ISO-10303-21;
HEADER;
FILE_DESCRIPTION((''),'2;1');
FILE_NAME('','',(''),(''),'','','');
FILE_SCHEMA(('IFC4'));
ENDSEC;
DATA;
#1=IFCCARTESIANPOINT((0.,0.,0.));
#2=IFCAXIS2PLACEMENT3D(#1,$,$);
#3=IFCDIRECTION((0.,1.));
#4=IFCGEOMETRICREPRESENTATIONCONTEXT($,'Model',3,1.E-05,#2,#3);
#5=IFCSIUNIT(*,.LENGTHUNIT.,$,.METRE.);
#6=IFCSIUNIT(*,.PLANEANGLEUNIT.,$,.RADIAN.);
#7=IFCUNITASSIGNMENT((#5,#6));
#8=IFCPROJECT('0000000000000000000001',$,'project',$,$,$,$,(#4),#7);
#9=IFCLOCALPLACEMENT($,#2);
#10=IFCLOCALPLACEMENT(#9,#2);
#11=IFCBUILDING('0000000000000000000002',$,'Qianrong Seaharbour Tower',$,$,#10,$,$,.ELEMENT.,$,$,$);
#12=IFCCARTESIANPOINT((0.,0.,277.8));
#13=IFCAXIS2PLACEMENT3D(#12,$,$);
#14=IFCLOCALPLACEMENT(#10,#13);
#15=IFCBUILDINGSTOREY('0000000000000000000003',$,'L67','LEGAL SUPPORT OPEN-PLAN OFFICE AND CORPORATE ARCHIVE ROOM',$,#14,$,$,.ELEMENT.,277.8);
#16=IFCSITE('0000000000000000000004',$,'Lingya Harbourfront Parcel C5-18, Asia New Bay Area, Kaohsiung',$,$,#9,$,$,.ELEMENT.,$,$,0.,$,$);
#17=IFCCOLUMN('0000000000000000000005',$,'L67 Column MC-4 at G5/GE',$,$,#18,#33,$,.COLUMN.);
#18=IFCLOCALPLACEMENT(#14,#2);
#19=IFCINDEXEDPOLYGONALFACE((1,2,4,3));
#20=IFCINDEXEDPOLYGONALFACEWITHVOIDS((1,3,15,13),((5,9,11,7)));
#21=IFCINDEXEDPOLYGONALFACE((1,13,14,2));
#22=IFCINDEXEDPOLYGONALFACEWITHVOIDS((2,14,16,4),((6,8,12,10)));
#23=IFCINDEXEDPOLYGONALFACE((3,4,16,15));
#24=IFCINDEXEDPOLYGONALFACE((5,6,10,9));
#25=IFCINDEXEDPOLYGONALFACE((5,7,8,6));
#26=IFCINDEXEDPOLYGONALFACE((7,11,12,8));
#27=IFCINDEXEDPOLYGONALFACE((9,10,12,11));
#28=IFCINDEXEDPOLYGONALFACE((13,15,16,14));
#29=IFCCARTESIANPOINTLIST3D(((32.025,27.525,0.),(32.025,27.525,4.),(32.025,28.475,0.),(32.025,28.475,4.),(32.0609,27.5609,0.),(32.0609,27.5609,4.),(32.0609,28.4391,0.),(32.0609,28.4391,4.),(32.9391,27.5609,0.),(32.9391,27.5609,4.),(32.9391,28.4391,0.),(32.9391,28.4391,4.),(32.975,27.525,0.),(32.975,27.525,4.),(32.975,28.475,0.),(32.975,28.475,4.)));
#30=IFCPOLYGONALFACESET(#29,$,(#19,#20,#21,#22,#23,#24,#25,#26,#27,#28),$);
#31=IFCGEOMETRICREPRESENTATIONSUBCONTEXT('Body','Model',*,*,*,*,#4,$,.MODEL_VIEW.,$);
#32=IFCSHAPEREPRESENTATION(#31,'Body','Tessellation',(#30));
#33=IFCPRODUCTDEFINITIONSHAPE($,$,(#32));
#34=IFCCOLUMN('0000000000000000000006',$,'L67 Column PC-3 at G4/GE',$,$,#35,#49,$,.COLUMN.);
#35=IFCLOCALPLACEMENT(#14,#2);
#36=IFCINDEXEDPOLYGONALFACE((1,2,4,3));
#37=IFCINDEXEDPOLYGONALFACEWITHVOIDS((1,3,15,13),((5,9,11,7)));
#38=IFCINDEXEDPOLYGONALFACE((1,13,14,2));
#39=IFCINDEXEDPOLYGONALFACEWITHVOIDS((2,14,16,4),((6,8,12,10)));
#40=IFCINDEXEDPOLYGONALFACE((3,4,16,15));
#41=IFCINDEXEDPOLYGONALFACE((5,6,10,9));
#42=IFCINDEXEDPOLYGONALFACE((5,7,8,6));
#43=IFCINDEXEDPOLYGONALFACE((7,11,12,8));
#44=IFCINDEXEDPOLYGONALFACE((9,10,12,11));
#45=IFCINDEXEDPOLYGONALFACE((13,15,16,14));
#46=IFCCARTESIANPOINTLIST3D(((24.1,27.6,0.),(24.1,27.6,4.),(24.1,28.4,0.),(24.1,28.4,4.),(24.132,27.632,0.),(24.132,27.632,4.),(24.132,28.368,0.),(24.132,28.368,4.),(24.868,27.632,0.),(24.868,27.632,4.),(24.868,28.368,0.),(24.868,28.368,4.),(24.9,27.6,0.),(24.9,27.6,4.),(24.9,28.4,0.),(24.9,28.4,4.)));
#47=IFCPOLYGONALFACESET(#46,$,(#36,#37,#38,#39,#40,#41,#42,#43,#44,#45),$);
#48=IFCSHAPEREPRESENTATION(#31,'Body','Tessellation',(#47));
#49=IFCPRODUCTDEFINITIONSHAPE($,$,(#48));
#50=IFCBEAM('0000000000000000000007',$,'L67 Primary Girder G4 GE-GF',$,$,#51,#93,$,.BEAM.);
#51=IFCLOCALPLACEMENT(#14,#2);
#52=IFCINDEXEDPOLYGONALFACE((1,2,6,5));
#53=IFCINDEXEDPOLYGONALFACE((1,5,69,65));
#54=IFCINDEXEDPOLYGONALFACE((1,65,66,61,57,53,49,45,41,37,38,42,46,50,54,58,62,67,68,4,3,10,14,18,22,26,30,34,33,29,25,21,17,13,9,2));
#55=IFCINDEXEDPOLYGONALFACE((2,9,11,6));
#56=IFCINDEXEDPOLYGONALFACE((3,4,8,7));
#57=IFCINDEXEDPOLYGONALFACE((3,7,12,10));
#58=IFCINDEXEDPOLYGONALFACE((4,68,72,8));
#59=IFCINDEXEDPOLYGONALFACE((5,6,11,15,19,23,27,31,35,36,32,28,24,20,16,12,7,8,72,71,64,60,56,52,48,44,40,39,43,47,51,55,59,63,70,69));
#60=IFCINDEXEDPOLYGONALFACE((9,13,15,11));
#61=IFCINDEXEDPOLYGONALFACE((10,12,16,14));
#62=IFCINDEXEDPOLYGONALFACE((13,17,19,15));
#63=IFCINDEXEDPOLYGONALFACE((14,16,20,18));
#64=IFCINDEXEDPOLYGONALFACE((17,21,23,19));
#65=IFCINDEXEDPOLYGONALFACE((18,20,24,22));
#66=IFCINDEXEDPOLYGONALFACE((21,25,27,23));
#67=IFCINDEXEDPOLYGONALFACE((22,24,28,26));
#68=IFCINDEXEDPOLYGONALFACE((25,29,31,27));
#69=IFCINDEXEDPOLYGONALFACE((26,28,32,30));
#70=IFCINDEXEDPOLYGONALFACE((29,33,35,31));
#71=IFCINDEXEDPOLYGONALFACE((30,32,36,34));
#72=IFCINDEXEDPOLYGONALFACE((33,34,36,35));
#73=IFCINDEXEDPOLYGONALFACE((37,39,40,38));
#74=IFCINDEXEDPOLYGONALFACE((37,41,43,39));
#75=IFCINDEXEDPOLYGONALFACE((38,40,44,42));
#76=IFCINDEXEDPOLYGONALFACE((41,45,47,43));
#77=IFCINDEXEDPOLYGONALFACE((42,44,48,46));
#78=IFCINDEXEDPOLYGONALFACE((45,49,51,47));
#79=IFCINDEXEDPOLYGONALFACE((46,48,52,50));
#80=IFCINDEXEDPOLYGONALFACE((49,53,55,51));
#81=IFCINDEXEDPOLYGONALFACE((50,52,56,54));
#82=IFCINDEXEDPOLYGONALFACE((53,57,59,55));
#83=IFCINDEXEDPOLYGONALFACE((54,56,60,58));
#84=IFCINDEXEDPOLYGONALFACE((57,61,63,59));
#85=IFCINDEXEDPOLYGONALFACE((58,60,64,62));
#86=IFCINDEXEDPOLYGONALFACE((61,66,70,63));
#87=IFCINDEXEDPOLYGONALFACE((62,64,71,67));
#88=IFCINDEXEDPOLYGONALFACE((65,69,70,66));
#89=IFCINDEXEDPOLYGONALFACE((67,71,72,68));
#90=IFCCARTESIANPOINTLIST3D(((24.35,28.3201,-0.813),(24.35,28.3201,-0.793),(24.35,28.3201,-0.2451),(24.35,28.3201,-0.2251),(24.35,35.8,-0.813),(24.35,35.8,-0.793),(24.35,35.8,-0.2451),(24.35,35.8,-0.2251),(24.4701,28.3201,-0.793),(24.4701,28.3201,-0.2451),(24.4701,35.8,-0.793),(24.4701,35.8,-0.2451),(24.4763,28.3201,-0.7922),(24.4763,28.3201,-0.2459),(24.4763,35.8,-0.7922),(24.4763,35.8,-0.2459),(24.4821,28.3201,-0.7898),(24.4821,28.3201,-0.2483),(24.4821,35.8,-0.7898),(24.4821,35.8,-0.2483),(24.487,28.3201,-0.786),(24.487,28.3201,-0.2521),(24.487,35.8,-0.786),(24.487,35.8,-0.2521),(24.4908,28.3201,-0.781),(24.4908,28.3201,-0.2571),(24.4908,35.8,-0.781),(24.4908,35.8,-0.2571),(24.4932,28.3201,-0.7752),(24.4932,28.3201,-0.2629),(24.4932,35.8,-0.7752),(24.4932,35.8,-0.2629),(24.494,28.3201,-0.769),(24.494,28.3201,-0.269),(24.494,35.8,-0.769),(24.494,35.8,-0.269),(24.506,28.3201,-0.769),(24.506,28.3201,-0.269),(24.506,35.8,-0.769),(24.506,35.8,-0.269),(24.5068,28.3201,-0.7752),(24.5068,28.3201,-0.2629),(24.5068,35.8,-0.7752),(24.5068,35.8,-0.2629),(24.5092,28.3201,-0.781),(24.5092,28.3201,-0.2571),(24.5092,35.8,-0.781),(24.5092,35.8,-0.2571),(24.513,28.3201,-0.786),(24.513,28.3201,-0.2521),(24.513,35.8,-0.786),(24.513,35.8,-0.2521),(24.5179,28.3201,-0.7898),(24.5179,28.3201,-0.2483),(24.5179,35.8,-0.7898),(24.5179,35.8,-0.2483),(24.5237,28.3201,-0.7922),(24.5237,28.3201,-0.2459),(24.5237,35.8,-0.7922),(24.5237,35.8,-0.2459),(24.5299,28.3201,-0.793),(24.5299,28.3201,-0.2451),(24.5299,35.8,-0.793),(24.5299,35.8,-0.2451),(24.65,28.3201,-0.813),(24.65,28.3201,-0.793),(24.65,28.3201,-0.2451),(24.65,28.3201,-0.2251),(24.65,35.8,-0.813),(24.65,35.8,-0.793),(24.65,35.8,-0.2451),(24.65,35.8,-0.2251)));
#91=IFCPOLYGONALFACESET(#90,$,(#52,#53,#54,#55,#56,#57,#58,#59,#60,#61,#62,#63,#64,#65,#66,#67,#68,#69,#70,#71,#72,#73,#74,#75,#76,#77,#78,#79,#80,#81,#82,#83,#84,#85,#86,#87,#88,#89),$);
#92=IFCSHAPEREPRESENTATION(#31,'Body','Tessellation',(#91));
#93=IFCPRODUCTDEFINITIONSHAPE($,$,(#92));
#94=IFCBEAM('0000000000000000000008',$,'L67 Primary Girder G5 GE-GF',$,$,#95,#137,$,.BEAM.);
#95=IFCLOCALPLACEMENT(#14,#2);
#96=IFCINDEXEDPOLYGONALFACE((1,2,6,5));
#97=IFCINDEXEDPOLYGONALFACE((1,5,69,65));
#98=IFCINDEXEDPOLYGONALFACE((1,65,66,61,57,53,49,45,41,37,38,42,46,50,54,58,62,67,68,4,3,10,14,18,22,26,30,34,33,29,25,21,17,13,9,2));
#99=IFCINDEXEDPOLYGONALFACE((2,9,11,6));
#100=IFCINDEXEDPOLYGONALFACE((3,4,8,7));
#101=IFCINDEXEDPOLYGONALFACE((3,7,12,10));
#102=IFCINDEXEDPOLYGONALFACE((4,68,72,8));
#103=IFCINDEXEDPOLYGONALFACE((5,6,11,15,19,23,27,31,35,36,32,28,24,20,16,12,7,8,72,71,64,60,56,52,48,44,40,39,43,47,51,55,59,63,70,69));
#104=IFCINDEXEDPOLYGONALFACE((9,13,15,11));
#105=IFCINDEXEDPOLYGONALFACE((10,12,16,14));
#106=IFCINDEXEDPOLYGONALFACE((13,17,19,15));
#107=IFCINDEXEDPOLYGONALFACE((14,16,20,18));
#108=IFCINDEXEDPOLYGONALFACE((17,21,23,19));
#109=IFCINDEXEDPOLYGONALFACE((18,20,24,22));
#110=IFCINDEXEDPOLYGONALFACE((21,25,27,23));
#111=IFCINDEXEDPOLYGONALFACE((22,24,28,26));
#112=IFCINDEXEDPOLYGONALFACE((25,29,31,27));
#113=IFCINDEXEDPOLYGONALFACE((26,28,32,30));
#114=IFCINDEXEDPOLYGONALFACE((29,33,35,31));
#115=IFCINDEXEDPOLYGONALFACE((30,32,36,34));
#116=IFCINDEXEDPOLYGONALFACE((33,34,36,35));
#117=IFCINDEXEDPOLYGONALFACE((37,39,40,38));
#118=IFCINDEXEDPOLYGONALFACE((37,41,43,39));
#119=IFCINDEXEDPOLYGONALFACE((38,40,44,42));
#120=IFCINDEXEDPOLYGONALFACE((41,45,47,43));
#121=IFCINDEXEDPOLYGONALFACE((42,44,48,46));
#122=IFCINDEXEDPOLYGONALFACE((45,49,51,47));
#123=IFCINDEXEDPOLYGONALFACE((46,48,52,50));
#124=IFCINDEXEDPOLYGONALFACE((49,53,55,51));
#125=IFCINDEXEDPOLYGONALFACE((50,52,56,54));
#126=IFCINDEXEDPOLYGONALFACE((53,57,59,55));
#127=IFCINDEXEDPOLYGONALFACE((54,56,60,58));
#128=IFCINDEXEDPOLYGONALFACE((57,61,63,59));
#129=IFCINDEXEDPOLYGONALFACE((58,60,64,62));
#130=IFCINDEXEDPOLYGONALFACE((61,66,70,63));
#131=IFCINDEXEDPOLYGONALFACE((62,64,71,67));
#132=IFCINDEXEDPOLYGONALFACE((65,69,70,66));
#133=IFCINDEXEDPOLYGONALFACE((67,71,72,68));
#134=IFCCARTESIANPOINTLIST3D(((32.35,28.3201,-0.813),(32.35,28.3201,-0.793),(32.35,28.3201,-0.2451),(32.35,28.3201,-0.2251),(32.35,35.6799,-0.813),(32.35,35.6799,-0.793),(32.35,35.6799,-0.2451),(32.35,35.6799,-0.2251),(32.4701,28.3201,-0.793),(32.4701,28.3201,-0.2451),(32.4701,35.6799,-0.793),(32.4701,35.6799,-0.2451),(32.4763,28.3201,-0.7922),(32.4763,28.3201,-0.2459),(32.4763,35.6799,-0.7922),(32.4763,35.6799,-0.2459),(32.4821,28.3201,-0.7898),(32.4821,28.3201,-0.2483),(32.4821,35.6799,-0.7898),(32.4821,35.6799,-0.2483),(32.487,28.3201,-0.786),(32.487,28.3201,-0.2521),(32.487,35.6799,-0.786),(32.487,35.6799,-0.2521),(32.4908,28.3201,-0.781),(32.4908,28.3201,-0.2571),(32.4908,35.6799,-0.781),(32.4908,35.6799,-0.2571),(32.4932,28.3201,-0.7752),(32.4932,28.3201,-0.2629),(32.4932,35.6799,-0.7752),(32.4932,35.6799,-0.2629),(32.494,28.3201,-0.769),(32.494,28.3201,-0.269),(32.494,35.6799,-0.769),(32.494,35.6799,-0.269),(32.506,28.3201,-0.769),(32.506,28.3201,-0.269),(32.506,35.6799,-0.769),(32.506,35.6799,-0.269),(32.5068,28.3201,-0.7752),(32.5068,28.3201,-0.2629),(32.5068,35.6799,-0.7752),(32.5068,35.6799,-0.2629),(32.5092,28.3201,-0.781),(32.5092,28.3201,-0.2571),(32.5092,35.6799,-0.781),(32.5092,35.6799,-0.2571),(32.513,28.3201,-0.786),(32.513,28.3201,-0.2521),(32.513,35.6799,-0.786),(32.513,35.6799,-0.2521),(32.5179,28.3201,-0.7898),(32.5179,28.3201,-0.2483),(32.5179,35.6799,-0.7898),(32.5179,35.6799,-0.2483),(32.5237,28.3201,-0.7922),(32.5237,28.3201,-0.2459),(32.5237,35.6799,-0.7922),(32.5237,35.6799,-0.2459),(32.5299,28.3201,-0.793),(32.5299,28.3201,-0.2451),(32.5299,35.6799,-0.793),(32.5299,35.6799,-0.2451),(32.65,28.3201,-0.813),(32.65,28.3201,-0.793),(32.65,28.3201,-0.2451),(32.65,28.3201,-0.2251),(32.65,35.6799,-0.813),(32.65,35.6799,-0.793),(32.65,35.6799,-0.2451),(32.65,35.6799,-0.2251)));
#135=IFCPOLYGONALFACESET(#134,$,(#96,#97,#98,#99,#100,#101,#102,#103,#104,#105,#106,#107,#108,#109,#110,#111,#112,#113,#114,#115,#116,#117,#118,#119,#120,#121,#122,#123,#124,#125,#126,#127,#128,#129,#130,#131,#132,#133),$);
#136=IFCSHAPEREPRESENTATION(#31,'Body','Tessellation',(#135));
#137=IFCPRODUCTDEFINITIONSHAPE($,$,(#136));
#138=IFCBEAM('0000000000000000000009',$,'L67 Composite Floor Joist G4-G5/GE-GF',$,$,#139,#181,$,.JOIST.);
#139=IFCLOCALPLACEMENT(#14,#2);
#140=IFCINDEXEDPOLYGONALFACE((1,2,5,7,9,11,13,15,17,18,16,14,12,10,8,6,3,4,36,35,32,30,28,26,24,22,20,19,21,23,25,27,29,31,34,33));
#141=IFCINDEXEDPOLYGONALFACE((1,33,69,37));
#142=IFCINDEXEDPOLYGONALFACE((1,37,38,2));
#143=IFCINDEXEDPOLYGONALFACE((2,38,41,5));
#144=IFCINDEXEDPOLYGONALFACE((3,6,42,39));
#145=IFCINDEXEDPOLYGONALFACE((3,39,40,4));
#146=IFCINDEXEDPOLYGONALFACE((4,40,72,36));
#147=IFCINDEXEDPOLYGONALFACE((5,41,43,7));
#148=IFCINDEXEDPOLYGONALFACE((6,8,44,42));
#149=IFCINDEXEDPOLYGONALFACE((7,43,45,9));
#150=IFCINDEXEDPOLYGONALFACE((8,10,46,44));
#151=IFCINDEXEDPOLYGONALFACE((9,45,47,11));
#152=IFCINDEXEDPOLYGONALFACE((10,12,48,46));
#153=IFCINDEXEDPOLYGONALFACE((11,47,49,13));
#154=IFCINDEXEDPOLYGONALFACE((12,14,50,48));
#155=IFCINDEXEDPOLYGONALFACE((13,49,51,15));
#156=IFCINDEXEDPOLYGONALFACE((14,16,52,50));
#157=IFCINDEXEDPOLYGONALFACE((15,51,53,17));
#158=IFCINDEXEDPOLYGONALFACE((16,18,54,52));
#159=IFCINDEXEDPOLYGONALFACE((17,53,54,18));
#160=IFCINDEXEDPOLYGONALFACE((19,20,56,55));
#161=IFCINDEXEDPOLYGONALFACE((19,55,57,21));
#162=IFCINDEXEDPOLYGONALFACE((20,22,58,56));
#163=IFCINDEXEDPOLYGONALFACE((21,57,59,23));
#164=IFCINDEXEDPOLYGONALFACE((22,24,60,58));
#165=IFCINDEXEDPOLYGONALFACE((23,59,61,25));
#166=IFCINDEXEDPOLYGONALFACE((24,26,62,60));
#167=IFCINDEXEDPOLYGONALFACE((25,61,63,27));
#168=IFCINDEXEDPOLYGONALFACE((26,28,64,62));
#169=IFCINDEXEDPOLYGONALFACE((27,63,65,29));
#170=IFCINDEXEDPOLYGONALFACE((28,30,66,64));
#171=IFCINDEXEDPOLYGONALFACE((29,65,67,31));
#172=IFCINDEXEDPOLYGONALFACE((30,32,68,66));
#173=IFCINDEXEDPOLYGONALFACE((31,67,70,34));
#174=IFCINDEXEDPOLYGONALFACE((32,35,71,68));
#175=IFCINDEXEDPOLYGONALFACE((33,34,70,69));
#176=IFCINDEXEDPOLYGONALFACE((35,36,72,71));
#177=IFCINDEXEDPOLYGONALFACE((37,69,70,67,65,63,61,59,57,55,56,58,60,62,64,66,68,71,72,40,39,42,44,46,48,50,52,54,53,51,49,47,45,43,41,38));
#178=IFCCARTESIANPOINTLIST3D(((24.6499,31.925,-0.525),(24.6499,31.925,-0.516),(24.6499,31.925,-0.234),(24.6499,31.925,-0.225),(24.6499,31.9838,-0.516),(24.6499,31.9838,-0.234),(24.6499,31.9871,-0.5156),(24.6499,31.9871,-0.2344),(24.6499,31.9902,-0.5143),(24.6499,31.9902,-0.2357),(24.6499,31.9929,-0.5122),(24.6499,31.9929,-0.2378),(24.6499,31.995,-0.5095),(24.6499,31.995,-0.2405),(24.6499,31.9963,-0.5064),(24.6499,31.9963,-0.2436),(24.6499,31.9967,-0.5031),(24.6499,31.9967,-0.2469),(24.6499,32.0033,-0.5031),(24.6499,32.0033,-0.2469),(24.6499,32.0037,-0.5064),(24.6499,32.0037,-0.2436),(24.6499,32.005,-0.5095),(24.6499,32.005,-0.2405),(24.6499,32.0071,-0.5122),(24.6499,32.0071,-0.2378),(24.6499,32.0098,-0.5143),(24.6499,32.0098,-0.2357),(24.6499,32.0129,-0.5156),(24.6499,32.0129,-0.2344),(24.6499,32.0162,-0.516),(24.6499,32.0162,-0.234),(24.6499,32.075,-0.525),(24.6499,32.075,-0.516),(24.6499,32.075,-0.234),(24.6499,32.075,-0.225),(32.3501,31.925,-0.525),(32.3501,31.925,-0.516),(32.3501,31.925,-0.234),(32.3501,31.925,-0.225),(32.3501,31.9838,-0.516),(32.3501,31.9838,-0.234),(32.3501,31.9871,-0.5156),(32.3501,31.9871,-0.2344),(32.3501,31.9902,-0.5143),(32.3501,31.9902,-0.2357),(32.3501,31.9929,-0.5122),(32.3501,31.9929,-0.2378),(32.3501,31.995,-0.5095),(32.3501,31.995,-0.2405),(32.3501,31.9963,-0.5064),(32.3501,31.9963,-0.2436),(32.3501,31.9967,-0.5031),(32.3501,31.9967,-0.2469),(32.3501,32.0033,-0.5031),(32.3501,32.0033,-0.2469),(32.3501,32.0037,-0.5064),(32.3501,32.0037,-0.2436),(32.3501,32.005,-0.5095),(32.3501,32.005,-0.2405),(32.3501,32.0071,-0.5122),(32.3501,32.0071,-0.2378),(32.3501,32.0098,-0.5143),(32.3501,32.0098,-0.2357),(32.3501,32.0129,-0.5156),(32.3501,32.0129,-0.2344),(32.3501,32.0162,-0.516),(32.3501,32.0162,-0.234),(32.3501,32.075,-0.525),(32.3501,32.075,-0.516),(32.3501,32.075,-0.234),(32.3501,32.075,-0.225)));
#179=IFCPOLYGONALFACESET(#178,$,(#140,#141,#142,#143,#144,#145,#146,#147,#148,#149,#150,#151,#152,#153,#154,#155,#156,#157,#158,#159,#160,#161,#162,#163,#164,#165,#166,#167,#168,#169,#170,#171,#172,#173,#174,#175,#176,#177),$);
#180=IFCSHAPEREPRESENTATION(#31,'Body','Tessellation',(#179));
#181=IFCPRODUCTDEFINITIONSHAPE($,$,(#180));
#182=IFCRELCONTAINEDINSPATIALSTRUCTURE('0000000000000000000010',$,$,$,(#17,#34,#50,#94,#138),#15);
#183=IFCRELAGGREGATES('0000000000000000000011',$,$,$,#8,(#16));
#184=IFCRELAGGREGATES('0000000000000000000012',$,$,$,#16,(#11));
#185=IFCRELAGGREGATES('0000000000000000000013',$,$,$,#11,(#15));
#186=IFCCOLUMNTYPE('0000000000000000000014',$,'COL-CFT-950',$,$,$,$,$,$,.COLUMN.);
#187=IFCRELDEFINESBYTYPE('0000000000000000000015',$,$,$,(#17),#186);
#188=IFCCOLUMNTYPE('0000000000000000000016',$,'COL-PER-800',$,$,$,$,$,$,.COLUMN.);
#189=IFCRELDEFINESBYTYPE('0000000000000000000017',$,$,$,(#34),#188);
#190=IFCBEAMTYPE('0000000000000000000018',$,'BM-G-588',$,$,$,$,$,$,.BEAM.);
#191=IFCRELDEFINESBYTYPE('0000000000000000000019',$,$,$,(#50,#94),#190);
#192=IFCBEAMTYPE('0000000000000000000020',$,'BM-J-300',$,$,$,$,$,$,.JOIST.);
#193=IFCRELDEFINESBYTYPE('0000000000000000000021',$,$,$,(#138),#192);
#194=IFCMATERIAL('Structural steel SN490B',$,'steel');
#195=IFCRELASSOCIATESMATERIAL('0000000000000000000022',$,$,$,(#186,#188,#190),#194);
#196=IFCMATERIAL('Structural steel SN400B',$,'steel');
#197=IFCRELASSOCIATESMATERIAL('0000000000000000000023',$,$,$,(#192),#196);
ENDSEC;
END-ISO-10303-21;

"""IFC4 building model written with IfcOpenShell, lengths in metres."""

from ifc_helpers import new_model, si_unit, direction, frame, origin, origin_2d, place, context, subcontext, project, spatial, hollow_rectangle, i_section, extrude, material, material_profile, profile_set, type_object, element, save


model = new_model("IFC4")

# Units and contexts
model_context = context("Model", 3, precision=1e-05, world=origin(), true_north=direction((0.0, 1.0)))
body_context = subcontext(model_context, "Body", "Model", "MODEL_VIEW")
ifc_project = project(units=[si_unit("LENGTHUNIT", "METRE"), si_unit("PLANEANGLEUNIT", "RADIAN")], contexts=[model_context])

# Site, building, storey
site_placement = place(None, origin())
site = spatial("IfcSite", under=ifc_project, at=site_placement, Name="Lingya Harbourfront Parcel C5-18, Asia New Bay Area, Kaohsiung", CompositionType="ELEMENT", RefElevation=0.0)
building_placement = place(site_placement, origin())
building = spatial("IfcBuilding", under=site, at=building_placement, Name="Qianrong Seaharbour Tower", CompositionType="ELEMENT")
storey_placement = place(building_placement, frame((0.0, 0.0, 277.8)))
storey = spatial("IfcBuildingStorey", under=building, at=storey_placement, Name="L67", Description="LEGAL SUPPORT OPEN-PLAN OFFICE AND CORPORATE ARCHIVE ROOM", CompositionType="ELEMENT", Elevation=277.8)

# Columns
ifc_material_1 = material(Name="Structural steel SN490B", Category="steel")
ifc_material_profile_1 = material_profile(ifc_material_1, hollow_rectangle(XDim=0.95, YDim=0.95, WallThickness=0.0359, at=origin_2d()), Name="BOX950x950x36")
ifc_profile_set_1 = profile_set([ifc_material_profile_1], Name="Structural steel SN490B")
column_type_1 = type_object("IfcColumnType", Name="COL-CFT-950", PredefinedType="COLUMN", material=ifc_profile_set_1)
column_1_placement = place(storey_placement, frame((32.5, 28.0, 0.0), z_axis=(0.0, 0.0, 1.0), x_axis=(1.0, 0.0, 0.0)))
element("IfcColumn", 1, at=column_1_placement, inside=storey, type_object=column_type_1, Name="L67 Column MC-4 at G5/GE", PredefinedType="COLUMN", context=body_context, shape_type="SweptSolid", body=[
    extrude(hollow_rectangle(XDim=0.95, YDim=0.95, WallThickness=0.0359, at=origin_2d()), origin(), (0.0, 0.0, 1.0), 4.0),
])
ifc_material_profile_2 = material_profile(ifc_material_1, hollow_rectangle(XDim=0.8, YDim=0.8, WallThickness=0.032, at=origin_2d()), Name="BOX800x800x32")
ifc_profile_set_2 = profile_set([ifc_material_profile_2], Name="Structural steel SN490B")
column_type_2 = type_object("IfcColumnType", Name="COL-PER-800", PredefinedType="COLUMN", material=ifc_profile_set_2)
column_2_placement = place(storey_placement, frame((24.5, 28.0, 0.0), z_axis=(0.0, 0.0, 1.0), x_axis=(1.0, 0.0, 0.0)))
element("IfcColumn", 2, at=column_2_placement, inside=storey, type_object=column_type_2, Name="L67 Column PC-3 at G4/GE", PredefinedType="COLUMN", context=body_context, shape_type="SweptSolid", body=[
    extrude(hollow_rectangle(XDim=0.8, YDim=0.8, WallThickness=0.032, at=origin_2d()), origin(), (0.0, 0.0, 1.0), 4.0),
])

# Beams
ifc_material_profile_3 = material_profile(ifc_material_1, i_section(OverallWidth=0.3, OverallDepth=0.5879, WebThickness=0.012, FlangeThickness=0.02, FilletRadius=0.0239, at=origin_2d()), Name="H588x300x12x20")
ifc_profile_set_3 = profile_set([ifc_material_profile_3], Name="Structural steel SN490B")
beam_type_1 = type_object("IfcBeamType", Name="BM-G-588", PredefinedType="BEAM", material=ifc_profile_set_3)
beam_1_placement = place(storey_placement, frame((24.5, 28.3201, -0.519), z_axis=(0.0, 1.0, 0.0), x_axis=(-1.0, 0.0, 0.0)))
element("IfcBeam", 3, at=beam_1_placement, inside=storey, type_object=beam_type_1, Name="L67 Primary Girder G4 GE-GF", PredefinedType="BEAM", context=body_context, shape_type="SweptSolid", body=[
    extrude(i_section(OverallWidth=0.3, OverallDepth=0.5879, WebThickness=0.012, FlangeThickness=0.02, FilletRadius=0.0239, at=origin_2d()), origin(), (0.0, 0.0, 1.0), 7.48),
])
beam_2_placement = place(storey_placement, frame((32.5, 28.3201, -0.519), z_axis=(0.0, 1.0, 0.0), x_axis=(-1.0, 0.0, 0.0)))
element("IfcBeam", 4, at=beam_2_placement, inside=storey, type_object=beam_type_1, Name="L67 Primary Girder G5 GE-GF", PredefinedType="BEAM", context=body_context, shape_type="SweptSolid", body=[
    extrude(i_section(OverallWidth=0.3, OverallDepth=0.5879, WebThickness=0.012, FlangeThickness=0.02, FilletRadius=0.0239, at=origin_2d()), origin(), (0.0, 0.0, 1.0), 7.3599),
])
ifc_material_2 = material(Name="Structural steel SN400B", Category="steel")
ifc_material_profile_4 = material_profile(ifc_material_2, i_section(OverallWidth=0.1499, OverallDepth=0.3, WebThickness=0.0066, FlangeThickness=0.009, FilletRadius=0.0129, at=origin_2d()), Name="H300x150x6.5x9")
ifc_profile_set_4 = profile_set([ifc_material_profile_4], Name="Structural steel SN400B")
beam_type_2 = type_object("IfcBeamType", Name="BM-J-300", PredefinedType="JOIST", material=ifc_profile_set_4)
for number, where, z_axis, x_axis, name in (
    (5, (24.6499, 32.0, -0.375), (1.0, 0.0, 0.0), (0.0, 1.0, 0.0), "L67 Composite Floor Joist G4-G5/GE-GF"),
):
    element("IfcBeam", number, at=place(storey_placement, frame(where, z_axis=z_axis, x_axis=x_axis)), inside=storey, type_object=beam_type_2, Name=name, PredefinedType="JOIST", context=body_context, shape_type="SweptSolid", body=[
        extrude(i_section(OverallWidth=0.1499, OverallDepth=0.3, WebThickness=0.0066, FlangeThickness=0.009, FilletRadius=0.0129, at=origin_2d()), origin(), (0.0, 0.0, 1.0), 7.7002),
    ])

save(model, "model.ifc")
